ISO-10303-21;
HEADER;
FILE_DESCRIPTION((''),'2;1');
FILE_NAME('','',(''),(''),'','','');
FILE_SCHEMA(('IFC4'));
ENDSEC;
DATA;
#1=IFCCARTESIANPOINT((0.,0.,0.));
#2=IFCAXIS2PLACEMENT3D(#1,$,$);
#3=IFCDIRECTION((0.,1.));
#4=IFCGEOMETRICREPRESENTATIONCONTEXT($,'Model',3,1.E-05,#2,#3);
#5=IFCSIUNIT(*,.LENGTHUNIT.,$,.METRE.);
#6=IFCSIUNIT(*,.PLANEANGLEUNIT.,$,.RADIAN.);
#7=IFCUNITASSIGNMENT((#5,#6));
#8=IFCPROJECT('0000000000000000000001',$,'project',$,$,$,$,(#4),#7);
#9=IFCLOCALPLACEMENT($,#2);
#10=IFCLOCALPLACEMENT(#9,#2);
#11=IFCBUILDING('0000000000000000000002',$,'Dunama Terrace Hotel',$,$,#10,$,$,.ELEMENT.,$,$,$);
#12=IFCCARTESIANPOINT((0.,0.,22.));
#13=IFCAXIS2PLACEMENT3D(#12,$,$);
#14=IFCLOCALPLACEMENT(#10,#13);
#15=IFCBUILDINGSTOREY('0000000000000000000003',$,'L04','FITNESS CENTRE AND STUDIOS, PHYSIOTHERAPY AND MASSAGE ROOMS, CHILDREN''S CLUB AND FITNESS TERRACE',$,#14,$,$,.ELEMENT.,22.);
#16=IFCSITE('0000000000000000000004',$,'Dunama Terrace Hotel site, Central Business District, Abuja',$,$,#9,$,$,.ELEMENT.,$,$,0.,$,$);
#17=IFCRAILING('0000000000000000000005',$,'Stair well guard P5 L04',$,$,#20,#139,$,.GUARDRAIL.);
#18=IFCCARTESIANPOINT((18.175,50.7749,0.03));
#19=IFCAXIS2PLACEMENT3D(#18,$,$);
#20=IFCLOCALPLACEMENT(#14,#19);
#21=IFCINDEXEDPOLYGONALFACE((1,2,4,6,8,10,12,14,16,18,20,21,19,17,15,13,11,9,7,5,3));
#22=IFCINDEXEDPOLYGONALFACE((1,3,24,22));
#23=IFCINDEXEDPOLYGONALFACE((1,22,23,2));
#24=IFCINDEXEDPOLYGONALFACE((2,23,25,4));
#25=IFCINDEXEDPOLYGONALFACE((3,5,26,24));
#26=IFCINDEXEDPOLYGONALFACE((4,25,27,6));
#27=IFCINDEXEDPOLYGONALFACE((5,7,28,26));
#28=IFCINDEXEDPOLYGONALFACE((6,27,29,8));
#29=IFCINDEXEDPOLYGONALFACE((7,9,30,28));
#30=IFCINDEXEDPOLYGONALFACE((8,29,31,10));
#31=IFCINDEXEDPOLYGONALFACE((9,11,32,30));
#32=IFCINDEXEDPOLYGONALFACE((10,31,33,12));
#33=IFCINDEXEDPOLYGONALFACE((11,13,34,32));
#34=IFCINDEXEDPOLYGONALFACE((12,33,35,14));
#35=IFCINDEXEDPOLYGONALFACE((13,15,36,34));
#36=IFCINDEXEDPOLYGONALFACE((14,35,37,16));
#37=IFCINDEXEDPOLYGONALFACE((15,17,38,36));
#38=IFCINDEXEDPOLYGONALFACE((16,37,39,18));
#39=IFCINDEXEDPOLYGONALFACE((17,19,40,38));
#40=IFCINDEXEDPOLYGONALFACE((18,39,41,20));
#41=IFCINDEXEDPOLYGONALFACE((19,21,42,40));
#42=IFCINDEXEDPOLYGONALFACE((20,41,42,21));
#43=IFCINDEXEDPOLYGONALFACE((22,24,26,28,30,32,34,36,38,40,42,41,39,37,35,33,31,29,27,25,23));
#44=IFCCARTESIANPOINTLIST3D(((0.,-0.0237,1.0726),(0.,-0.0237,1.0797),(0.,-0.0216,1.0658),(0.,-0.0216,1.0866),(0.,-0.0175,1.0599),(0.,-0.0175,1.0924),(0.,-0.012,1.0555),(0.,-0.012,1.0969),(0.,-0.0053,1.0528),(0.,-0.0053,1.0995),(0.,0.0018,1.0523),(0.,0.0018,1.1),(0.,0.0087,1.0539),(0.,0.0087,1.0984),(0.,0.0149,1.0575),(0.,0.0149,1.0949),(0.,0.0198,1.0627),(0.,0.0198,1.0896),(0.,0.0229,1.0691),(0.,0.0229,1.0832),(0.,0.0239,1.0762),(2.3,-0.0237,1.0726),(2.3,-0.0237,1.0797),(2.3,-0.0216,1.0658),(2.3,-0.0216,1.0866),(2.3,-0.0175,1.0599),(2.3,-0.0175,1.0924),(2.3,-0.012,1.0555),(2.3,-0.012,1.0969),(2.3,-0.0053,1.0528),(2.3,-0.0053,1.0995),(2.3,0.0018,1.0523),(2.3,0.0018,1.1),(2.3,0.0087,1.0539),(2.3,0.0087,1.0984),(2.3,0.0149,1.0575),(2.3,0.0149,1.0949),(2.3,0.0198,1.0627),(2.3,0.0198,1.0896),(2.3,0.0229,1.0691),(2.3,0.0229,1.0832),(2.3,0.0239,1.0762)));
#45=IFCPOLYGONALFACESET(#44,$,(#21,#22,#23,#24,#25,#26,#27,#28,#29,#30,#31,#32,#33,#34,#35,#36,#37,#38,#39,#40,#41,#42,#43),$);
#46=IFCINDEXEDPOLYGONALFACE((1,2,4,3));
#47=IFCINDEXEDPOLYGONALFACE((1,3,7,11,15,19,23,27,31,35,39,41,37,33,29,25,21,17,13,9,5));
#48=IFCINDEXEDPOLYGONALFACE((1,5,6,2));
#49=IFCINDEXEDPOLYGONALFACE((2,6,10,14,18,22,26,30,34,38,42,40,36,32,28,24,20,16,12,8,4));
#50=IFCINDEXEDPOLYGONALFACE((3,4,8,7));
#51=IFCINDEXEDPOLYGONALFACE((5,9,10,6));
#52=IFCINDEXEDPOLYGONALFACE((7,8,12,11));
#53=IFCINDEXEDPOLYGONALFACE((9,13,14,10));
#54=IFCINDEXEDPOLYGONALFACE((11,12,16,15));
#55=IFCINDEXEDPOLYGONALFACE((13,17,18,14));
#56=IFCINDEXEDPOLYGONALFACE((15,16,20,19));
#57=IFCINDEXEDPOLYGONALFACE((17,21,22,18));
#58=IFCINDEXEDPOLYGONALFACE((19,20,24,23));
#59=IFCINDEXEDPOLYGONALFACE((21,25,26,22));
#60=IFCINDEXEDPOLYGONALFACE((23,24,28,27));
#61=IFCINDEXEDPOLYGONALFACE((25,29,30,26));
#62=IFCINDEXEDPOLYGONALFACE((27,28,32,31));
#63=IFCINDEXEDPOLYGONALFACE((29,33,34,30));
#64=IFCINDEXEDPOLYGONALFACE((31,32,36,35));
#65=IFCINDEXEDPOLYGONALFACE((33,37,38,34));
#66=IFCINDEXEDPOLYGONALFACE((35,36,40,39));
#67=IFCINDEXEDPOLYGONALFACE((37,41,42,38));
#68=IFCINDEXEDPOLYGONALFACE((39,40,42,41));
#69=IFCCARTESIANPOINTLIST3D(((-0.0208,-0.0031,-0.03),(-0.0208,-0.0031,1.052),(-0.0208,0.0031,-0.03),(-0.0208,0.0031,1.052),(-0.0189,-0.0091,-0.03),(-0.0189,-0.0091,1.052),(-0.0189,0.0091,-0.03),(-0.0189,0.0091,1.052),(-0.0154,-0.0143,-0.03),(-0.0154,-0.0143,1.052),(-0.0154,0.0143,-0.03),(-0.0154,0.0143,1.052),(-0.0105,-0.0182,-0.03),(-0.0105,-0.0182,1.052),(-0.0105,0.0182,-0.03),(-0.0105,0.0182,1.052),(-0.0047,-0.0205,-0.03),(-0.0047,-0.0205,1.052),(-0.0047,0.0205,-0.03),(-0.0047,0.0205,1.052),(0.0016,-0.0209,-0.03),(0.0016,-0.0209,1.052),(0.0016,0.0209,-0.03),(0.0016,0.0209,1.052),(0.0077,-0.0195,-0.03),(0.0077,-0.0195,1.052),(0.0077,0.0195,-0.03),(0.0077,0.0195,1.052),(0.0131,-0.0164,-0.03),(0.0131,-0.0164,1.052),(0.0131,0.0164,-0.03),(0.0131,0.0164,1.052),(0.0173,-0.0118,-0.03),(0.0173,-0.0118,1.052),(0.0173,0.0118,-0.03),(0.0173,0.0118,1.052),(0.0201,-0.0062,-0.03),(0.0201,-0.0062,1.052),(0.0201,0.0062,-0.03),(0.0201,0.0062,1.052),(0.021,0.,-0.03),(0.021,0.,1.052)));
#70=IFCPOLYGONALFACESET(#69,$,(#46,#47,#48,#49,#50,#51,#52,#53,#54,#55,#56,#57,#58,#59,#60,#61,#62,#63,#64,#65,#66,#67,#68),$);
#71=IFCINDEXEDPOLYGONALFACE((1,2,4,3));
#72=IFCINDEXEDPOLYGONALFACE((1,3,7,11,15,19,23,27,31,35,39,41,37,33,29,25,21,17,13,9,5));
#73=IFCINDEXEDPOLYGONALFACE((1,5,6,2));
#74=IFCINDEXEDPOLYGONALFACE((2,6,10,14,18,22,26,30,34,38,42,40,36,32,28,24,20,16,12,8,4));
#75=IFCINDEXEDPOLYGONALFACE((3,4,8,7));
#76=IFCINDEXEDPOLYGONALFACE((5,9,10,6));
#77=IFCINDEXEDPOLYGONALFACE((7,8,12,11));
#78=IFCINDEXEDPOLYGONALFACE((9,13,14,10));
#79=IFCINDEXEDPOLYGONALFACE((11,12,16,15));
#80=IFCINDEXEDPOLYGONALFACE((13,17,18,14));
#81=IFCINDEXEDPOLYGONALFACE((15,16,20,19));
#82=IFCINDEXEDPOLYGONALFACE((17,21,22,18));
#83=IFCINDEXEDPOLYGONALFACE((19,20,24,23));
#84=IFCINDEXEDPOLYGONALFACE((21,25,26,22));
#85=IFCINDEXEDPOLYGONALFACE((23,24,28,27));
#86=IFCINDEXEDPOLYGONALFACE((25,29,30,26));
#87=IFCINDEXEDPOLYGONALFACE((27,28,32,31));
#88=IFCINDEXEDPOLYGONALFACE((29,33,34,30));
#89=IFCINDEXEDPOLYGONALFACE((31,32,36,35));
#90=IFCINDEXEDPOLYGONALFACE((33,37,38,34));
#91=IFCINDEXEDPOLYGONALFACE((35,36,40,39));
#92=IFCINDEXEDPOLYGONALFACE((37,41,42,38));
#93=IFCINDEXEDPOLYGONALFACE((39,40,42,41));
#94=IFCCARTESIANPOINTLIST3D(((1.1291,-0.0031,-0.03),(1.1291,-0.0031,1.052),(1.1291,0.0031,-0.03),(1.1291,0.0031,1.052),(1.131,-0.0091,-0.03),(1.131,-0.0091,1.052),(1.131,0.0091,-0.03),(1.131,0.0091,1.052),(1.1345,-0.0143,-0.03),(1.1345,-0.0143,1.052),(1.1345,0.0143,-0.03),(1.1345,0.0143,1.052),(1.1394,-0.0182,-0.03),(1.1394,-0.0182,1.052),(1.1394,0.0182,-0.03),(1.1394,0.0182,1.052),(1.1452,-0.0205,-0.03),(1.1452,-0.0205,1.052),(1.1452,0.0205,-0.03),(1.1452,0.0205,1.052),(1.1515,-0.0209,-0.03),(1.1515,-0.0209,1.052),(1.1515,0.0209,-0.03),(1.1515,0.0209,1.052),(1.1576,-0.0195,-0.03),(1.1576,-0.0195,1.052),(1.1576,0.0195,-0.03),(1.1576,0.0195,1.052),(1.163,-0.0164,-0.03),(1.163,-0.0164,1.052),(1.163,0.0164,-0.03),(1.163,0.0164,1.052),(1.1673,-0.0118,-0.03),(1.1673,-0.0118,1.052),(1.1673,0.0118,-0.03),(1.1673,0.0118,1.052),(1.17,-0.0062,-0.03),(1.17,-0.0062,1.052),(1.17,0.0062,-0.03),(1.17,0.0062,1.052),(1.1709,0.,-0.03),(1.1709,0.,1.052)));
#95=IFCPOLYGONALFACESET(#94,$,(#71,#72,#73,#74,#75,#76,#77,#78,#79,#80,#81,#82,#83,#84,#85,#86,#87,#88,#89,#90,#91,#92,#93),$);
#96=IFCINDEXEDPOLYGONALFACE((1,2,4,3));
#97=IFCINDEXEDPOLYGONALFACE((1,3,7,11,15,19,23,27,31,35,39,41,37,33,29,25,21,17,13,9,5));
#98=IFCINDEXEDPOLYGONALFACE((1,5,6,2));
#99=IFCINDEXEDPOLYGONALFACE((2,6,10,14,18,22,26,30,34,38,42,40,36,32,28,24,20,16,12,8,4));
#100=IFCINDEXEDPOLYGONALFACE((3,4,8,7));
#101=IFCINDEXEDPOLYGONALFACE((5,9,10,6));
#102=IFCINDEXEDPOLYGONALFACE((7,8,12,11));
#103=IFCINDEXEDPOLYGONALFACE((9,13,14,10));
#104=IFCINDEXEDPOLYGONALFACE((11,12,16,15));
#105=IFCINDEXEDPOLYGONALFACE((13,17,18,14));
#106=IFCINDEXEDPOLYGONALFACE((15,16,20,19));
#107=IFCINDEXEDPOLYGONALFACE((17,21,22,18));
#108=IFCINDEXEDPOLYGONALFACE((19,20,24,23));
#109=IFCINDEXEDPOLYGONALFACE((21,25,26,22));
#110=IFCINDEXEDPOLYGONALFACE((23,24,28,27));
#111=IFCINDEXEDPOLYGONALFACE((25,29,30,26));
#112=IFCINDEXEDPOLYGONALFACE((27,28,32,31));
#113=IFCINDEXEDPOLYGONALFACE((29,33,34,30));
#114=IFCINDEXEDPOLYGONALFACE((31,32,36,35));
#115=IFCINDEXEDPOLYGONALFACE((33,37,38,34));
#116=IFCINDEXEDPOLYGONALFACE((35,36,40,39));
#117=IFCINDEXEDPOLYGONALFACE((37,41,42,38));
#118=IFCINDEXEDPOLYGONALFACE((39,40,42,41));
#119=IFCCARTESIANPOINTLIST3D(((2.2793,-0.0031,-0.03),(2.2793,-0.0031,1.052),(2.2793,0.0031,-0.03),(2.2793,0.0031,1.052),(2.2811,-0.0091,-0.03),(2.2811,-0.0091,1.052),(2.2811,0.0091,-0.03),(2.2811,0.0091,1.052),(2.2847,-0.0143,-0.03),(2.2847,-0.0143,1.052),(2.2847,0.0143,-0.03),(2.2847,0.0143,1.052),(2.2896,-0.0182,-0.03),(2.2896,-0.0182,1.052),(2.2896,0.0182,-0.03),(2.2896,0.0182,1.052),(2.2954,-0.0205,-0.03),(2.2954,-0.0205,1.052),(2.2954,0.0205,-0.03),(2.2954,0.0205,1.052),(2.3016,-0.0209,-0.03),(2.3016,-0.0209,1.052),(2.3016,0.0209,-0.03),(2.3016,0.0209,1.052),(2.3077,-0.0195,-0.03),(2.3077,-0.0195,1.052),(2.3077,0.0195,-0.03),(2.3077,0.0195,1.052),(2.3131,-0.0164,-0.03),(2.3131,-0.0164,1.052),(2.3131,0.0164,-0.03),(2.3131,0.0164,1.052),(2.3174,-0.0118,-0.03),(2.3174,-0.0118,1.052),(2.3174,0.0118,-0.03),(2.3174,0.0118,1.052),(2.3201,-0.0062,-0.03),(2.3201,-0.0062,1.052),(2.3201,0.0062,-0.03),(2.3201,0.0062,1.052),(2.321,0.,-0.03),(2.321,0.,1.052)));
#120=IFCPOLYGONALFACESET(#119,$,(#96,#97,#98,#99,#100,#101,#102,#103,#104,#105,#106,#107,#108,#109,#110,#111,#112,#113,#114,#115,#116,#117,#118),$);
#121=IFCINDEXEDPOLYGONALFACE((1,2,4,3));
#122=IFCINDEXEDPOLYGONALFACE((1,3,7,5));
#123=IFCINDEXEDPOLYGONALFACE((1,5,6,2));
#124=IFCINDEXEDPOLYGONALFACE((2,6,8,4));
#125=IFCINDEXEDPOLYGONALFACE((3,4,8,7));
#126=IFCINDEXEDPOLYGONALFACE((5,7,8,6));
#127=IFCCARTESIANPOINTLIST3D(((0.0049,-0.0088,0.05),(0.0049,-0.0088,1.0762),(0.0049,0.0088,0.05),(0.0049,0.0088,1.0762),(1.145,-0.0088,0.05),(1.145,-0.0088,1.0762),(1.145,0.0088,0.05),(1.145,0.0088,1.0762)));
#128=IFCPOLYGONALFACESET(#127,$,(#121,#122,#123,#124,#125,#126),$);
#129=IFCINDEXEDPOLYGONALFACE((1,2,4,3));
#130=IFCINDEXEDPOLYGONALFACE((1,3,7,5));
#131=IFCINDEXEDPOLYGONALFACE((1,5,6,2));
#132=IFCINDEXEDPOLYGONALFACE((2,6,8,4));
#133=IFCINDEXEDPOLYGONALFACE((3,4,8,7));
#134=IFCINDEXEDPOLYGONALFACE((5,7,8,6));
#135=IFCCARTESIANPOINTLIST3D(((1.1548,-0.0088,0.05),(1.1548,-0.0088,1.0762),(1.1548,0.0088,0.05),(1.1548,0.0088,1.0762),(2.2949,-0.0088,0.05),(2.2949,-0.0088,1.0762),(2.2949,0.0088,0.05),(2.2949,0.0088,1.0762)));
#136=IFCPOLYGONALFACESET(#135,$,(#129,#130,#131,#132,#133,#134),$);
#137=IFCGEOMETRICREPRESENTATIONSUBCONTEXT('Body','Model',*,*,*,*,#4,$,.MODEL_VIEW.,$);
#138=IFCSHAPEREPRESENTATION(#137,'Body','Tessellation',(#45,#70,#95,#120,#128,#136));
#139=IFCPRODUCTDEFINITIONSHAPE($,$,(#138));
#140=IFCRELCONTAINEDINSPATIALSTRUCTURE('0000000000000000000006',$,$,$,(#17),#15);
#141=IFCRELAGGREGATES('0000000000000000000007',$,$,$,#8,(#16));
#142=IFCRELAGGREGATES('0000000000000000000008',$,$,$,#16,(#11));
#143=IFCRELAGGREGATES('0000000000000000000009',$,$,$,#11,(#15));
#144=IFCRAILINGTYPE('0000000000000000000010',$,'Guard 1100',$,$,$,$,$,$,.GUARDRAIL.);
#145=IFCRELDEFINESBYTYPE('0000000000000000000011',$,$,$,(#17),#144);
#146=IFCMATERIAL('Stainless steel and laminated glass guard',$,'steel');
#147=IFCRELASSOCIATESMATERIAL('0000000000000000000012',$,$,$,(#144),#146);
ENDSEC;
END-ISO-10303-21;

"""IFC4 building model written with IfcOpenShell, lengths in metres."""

from ifc_helpers import new_model, si_unit, direction, frame, origin, origin_2d, place, context, subcontext, project, spatial, polyline, circle, outline, extrude, material, type_object, element, save


model = new_model("IFC4")

# Units and contexts
model_context = context("Model", 3, precision=1e-05, world=origin(), true_north=direction((0.0, 1.0)))
body_context = subcontext(model_context, "Body", "Model", "MODEL_VIEW")
ifc_project = project(units=[si_unit("LENGTHUNIT", "METRE"), si_unit("PLANEANGLEUNIT", "RADIAN")], contexts=[model_context])

# Site, building, storey
site_placement = place(None, origin())
site = spatial("IfcSite", under=ifc_project, at=site_placement, Name="Dunama Terrace Hotel site, Central Business District, Abuja", CompositionType="ELEMENT", RefElevation=0.0)
building_placement = place(site_placement, origin())
building = spatial("IfcBuilding", under=site, at=building_placement, Name="Dunama Terrace Hotel", CompositionType="ELEMENT")
storey_placement = place(building_placement, frame((0.0, 0.0, 22.0)))
storey = spatial("IfcBuildingStorey", under=building, at=storey_placement, Name="L04", Description="FITNESS CENTRE AND STUDIOS, PHYSIOTHERAPY AND MASSAGE ROOMS, CHILDREN'S CLUB AND FITNESS TERRACE", CompositionType="ELEMENT", Elevation=22.0)

# Railing
ifc_material_1 = material(Name="Stainless steel and laminated glass guard", Category="steel")
railing_type = type_object("IfcRailingType", Name="Guard 1100", PredefinedType="GUARDRAIL", material=ifc_material_1)
railing_placement = place(storey_placement, frame((18.175, 50.7749, 0.03)))
element("IfcRailing", 1, at=railing_placement, inside=storey, type_object=railing_type, Name="Stair well guard P5 L04", PredefinedType="GUARDRAIL", context=body_context, shape_type="SweptSolid", body=[
    extrude(circle(Radius=0.0239, at=origin_2d()), frame((0.0, 0.0, 1.0762), z_axis=(1.0, 0.0, 0.0), x_axis=(0.0, 1.0, 0.0)), (0.0, 0.0, 1.0), 2.3),
    extrude(circle(Radius=0.021, at=origin_2d()), frame((0.0, 0.0, -0.03)), (0.0, 0.0, 1.0), 1.082),
    extrude(circle(Radius=0.021, at=origin_2d()), frame((1.1499, 0.0, -0.03)), (0.0, 0.0, 1.0), 1.082),
    extrude(circle(Radius=0.021, at=origin_2d()), frame((2.3, 0.0, -0.03)), (0.0, 0.0, 1.0), 1.082),
    extrude(outline(polyline([(0.0049, 0.05), (1.145, 0.05), (1.145, 1.0762), (0.0049, 1.0762), (0.0049, 0.05)])), frame((0.0, 0.0088, 0.0), z_axis=(0.0, -1.0, 0.0), x_axis=(1.0, 0.0, 0.0)), (0.0, 0.0, 1.0), 0.0176),
    extrude(outline(polyline([(0.0049, 0.05), (1.145, 0.05), (1.145, 1.0762), (0.0049, 1.0762), (0.0049, 0.05)])), frame((1.1499, 0.0088, 0.0), z_axis=(0.0, -1.0, 0.0), x_axis=(1.0, 0.0, 0.0)), (0.0, 0.0, 1.0), 0.0176),
])

save(model, "model.ifc")
